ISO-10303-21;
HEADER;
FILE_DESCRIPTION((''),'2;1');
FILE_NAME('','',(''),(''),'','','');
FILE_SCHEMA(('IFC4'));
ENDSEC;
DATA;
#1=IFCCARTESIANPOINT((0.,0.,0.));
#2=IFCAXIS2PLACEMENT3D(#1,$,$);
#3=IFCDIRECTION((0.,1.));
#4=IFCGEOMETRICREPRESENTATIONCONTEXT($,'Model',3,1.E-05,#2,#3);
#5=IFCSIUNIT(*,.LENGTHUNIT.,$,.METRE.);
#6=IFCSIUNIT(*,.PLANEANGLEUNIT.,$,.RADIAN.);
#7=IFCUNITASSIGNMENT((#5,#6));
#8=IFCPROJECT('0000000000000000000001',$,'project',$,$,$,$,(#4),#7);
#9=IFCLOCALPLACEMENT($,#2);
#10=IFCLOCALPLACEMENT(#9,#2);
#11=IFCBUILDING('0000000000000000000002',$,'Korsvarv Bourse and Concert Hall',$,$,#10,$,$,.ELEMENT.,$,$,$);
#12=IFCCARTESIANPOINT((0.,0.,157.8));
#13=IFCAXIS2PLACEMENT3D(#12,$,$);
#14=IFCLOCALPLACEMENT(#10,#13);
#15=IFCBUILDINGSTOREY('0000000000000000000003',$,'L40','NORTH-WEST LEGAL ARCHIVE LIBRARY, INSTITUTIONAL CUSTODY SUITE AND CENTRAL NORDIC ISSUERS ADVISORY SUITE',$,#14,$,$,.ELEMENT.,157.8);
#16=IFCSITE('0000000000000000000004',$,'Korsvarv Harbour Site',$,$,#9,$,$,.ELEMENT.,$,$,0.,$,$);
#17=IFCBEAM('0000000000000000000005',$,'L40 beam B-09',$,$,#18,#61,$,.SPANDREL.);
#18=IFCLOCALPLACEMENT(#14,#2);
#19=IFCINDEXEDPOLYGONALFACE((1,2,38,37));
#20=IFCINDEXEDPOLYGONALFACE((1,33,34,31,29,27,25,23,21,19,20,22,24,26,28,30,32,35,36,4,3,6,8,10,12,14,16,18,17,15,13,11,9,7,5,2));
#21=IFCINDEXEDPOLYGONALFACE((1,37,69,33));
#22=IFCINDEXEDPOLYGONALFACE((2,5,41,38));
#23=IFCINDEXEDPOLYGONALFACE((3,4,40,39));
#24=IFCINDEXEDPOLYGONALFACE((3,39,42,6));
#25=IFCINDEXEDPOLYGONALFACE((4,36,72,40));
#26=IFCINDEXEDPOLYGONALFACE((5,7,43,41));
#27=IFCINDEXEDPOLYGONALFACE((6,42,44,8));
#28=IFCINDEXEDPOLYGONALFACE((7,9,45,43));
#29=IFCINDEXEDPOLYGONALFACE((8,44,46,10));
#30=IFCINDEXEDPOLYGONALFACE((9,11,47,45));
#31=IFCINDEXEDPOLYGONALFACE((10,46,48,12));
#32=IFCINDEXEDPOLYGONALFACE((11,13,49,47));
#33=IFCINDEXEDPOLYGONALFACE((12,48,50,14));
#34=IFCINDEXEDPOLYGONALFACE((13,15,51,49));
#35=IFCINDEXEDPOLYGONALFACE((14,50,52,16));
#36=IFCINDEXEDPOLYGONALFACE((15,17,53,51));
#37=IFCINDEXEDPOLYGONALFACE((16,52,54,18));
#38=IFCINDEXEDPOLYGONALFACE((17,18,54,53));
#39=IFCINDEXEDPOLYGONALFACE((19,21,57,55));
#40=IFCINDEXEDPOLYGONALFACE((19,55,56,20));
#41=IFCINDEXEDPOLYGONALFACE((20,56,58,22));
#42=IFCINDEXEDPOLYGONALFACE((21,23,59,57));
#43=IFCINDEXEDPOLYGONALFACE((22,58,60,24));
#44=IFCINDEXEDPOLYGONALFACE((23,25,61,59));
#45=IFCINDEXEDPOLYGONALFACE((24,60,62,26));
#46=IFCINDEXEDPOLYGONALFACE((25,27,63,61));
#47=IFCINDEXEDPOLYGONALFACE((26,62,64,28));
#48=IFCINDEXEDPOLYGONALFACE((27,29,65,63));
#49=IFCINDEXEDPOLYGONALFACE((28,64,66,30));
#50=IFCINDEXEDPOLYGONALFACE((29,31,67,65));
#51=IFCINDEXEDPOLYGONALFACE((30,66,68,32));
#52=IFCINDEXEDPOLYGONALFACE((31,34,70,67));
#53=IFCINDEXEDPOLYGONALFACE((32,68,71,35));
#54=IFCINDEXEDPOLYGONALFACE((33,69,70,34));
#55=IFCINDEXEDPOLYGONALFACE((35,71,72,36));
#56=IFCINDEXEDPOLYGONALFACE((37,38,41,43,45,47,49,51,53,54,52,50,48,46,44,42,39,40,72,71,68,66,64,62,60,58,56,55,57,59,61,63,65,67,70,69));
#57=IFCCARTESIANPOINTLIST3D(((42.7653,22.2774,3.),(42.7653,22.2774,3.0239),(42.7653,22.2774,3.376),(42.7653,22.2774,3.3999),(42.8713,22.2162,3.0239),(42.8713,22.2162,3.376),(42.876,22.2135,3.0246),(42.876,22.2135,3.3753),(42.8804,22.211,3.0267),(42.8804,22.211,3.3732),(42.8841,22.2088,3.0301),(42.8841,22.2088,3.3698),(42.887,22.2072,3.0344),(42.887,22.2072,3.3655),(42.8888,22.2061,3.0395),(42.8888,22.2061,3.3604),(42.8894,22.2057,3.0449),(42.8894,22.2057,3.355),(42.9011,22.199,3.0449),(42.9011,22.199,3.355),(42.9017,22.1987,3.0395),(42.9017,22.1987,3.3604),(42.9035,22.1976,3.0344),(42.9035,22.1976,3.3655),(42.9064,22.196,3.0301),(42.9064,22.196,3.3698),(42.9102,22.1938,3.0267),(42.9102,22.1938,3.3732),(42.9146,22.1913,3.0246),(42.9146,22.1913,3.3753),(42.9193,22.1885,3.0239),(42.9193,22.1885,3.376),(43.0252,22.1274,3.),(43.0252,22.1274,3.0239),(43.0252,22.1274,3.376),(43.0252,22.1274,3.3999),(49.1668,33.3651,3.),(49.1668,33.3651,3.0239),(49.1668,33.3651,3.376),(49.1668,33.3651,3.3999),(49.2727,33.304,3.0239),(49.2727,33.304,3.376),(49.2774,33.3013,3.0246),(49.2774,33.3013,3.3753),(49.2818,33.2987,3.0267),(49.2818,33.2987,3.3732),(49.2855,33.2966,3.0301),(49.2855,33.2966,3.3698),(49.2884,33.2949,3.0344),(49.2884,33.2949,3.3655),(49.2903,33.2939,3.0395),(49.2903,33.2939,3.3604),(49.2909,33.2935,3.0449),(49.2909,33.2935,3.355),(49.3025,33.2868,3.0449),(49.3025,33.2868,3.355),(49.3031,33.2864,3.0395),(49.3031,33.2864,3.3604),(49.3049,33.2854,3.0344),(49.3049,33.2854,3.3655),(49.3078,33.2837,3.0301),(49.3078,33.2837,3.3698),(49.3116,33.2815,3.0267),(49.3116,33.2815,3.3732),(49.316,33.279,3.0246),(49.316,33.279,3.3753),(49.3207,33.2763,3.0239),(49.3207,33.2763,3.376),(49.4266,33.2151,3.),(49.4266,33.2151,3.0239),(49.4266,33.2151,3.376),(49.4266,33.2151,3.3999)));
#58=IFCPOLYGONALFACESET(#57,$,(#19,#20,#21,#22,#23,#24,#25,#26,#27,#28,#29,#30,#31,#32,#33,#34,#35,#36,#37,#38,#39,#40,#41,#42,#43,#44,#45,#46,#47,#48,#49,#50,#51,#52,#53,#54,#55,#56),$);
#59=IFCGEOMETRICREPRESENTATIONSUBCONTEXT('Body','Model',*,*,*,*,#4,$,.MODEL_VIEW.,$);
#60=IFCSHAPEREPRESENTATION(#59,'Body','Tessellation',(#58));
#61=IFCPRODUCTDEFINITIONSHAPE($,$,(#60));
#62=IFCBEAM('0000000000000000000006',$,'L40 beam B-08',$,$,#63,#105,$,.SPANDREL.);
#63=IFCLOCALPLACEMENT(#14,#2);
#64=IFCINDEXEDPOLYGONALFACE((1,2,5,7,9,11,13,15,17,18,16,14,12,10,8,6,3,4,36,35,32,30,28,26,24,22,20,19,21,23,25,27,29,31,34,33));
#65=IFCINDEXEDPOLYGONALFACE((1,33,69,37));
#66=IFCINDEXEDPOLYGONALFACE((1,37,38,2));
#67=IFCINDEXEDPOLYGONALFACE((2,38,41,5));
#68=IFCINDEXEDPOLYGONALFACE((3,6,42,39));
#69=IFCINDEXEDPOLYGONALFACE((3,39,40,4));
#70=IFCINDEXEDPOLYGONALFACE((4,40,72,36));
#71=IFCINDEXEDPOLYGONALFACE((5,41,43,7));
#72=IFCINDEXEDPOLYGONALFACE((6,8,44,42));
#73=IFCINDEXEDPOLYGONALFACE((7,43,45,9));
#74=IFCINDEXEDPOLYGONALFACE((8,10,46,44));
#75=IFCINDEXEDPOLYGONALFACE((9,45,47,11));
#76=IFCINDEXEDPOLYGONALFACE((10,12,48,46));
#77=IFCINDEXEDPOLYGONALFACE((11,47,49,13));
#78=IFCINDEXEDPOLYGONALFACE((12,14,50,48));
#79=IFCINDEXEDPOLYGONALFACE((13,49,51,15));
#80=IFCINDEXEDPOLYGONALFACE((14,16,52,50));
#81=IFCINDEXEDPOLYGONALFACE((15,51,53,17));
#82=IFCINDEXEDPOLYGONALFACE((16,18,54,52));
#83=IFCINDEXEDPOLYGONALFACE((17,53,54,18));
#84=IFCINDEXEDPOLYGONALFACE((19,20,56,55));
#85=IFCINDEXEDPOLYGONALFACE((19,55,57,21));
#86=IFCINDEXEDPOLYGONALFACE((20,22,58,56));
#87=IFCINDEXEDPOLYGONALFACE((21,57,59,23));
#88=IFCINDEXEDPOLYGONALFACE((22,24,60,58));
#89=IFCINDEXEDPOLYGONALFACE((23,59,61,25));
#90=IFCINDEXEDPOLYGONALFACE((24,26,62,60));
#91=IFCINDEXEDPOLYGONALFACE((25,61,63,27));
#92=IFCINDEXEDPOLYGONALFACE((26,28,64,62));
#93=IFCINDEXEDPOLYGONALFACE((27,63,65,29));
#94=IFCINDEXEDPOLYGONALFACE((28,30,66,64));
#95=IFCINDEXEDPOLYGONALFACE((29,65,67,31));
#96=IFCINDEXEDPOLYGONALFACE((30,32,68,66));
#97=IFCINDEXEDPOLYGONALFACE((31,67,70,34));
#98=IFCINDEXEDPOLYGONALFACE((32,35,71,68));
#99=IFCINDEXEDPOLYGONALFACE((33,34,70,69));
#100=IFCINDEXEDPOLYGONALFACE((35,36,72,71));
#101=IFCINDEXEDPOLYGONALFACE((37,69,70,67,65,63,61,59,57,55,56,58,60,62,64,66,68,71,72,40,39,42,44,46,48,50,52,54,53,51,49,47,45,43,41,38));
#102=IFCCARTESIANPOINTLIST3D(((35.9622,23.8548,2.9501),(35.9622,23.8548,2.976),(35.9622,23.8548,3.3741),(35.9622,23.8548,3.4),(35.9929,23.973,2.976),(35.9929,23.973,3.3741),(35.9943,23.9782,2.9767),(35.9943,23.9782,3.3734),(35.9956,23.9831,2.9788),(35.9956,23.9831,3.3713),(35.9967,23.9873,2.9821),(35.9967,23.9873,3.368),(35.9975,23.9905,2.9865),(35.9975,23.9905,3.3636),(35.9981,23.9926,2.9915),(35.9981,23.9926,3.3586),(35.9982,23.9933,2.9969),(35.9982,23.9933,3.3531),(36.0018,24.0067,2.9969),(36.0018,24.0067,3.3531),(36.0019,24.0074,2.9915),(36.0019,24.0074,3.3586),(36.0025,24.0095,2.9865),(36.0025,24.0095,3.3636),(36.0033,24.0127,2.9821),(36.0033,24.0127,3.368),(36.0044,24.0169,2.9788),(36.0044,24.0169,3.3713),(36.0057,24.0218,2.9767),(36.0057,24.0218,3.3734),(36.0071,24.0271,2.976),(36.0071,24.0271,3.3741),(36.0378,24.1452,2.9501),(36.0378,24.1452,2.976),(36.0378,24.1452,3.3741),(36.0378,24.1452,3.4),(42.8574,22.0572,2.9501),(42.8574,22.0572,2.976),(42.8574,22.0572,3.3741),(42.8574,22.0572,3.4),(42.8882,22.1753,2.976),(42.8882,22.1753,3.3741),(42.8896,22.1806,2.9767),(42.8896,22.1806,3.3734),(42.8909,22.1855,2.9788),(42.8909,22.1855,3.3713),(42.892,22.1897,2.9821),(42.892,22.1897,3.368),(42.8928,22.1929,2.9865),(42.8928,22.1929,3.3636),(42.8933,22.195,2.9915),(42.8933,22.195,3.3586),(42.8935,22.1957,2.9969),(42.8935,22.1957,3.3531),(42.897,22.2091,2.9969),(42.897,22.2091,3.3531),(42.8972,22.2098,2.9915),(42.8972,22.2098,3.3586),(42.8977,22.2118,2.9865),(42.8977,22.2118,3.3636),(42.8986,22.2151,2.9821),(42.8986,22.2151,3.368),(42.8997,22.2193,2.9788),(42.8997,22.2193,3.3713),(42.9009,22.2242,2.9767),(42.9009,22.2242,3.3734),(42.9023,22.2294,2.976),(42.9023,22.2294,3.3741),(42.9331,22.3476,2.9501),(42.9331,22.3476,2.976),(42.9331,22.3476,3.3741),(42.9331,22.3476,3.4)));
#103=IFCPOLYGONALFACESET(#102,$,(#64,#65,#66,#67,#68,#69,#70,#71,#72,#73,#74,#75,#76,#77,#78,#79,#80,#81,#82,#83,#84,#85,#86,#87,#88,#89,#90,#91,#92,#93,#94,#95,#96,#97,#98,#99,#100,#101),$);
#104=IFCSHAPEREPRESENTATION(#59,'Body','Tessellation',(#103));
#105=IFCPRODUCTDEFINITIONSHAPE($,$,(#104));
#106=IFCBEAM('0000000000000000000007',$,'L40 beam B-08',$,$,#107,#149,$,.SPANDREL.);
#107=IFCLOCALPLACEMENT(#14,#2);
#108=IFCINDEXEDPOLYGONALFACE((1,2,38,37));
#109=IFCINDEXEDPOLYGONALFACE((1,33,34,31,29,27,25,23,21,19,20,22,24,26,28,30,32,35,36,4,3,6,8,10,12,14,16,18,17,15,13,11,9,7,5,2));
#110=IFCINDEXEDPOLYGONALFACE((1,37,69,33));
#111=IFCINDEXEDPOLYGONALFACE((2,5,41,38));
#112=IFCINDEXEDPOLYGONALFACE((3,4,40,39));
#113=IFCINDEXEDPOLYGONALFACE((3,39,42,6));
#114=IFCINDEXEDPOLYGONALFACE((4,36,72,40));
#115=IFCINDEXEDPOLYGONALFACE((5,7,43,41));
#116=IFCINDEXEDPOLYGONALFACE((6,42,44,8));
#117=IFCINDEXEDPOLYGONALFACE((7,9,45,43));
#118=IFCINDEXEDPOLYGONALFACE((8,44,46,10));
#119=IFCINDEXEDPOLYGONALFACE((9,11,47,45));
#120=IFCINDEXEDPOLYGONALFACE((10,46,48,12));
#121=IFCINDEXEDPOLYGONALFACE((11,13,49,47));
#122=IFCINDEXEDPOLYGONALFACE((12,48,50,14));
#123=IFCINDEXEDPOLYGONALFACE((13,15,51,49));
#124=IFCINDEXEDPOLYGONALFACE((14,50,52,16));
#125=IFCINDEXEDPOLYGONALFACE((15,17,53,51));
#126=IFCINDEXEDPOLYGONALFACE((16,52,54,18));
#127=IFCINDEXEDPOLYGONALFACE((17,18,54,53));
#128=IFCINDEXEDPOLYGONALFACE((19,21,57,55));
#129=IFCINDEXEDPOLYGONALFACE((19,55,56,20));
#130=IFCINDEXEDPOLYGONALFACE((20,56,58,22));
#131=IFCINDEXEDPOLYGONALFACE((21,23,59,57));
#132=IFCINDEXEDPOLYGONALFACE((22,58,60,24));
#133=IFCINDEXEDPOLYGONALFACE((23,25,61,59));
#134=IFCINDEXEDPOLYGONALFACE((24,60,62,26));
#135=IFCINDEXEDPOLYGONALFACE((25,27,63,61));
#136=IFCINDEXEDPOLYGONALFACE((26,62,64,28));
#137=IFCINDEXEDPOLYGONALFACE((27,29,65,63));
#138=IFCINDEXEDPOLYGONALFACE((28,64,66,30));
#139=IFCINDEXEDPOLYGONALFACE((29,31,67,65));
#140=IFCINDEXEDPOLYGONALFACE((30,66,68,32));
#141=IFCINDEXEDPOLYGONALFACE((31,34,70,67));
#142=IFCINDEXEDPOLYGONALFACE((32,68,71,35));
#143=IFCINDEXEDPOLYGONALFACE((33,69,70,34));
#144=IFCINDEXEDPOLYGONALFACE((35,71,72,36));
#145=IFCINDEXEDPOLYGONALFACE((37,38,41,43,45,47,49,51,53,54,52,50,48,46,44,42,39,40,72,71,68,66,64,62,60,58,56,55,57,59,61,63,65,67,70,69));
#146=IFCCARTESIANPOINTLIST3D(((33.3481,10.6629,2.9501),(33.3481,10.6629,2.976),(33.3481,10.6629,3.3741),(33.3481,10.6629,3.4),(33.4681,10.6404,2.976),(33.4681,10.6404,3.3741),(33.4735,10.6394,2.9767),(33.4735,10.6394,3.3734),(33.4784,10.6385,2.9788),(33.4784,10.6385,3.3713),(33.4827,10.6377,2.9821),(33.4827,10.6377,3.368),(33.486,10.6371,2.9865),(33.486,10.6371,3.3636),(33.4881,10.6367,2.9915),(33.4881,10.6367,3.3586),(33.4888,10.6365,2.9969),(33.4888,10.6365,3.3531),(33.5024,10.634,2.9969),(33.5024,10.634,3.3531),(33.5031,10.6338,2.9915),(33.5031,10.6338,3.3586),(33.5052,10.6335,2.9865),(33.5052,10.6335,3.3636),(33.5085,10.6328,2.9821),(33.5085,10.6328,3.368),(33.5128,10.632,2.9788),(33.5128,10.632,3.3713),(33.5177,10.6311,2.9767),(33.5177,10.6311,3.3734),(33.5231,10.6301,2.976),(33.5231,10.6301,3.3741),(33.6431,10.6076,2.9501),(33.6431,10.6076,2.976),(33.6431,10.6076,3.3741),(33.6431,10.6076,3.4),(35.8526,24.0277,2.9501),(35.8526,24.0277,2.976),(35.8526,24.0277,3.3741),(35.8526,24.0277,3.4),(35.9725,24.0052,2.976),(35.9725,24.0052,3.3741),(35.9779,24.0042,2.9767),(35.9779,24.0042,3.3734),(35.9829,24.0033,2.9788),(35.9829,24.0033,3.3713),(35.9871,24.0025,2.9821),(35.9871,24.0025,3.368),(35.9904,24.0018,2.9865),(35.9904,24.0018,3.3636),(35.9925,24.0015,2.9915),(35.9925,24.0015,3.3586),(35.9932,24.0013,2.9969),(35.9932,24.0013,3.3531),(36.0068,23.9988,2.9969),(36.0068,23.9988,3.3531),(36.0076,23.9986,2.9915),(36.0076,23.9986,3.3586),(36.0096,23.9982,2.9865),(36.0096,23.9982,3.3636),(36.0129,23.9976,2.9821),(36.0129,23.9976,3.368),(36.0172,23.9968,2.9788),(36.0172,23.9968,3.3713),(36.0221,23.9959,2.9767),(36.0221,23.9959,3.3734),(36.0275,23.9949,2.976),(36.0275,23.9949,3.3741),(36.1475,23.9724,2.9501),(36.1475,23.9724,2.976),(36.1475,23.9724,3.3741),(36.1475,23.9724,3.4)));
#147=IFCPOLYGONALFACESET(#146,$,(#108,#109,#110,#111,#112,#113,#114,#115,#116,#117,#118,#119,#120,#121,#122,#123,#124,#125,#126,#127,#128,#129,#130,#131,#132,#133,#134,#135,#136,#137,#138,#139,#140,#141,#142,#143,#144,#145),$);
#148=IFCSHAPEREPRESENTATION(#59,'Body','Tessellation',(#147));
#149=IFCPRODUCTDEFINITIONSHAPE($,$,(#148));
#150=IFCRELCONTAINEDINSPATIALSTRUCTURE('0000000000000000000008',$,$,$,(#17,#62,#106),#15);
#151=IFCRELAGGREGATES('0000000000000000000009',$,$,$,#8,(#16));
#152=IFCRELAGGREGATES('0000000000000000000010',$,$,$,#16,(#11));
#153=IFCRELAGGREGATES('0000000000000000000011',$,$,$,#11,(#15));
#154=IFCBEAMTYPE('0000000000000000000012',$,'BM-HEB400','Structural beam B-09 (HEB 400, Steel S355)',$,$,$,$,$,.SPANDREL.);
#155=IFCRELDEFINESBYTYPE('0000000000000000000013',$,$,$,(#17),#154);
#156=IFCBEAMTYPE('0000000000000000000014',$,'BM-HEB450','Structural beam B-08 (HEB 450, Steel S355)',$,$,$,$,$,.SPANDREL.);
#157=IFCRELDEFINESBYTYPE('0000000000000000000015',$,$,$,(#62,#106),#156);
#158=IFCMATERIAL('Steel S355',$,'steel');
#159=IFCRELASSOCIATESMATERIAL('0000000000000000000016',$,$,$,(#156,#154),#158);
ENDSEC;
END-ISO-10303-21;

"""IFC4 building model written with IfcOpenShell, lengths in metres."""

from ifc_helpers import new_model, si_unit, direction, frame, origin, origin_2d, place, context, subcontext, project, spatial, i_section, extrude, source, transform, mapped, material, material_profile, profile_set, type_object, element, save


model = new_model("IFC4")

# Units and contexts
model_context = context("Model", 3, precision=1e-05, world=origin(), true_north=direction((0.0, 1.0)))
body_context = subcontext(model_context, "Body", "Model", "MODEL_VIEW")
ifc_project = project(units=[si_unit("LENGTHUNIT", "METRE"), si_unit("PLANEANGLEUNIT", "RADIAN")], contexts=[model_context])

# Site, building, storey
site_placement = place(None, origin())
site = spatial("IfcSite", under=ifc_project, at=site_placement, Name="Korsvarv Harbour Site", CompositionType="ELEMENT", RefElevation=0.0)
building_placement = place(site_placement, origin())
building = spatial("IfcBuilding", under=site, at=building_placement, Name="Korsvarv Bourse and Concert Hall", CompositionType="ELEMENT")
storey_placement = place(building_placement, frame((0.0, 0.0, 157.8)))
storey = spatial("IfcBuildingStorey", under=building, at=storey_placement, Name="L40", Description="NORTH-WEST LEGAL ARCHIVE LIBRARY, INSTITUTIONAL CUSTODY SUITE AND CENTRAL NORDIC ISSUERS ADVISORY SUITE", CompositionType="ELEMENT", Elevation=157.8)

# Shared definitions
ifc_material_1 = material(Name="Steel S355", Category="steel")

# Beams
ifc_material_profile_1 = material_profile(ifc_material_1, i_section(OverallWidth=0.3, OverallDepth=0.45, WebThickness=0.0139, FlangeThickness=0.0259, FilletRadius=0.021, at=origin_2d()), Name="HEB 450")
ifc_profile_set_1 = profile_set([ifc_material_profile_1], Name="Steel S355")
beam_type_1 = type_object("IfcBeamType", Name="BM-HEB450", Description="Structural beam B-08 (HEB 450, Steel S355)", PredefinedType="SPANDREL", material=ifc_profile_set_1)
ifc_material_profile_2 = material_profile(ifc_material_1, i_section(OverallWidth=0.3, OverallDepth=0.3999, WebThickness=0.0134, FlangeThickness=0.0239, FilletRadius=0.021, at=origin_2d()), Name="HEB 400")
ifc_profile_set_2 = profile_set([ifc_material_profile_2], Name="Steel S355")
beam_type_2 = type_object("IfcBeamType", Name="BM-HEB400", Description="Structural beam B-09 (HEB 400, Steel S355)", PredefinedType="SPANDREL", material=ifc_profile_set_2)
shared_shape_1 = source(origin(), body_context, "Body", "SweptSolid", [
    extrude(i_section(OverallWidth=0.3, OverallDepth=0.3999, WebThickness=0.0134, FlangeThickness=0.0239, FilletRadius=0.021, at=origin_2d()), origin(), (0.0, 0.0, 1.0), 12.803),
])
beam_1_placement = place(storey_placement, frame((42.8953, 22.2024, 3.2), z_axis=(0.499995, 0.866028, 0.0), x_axis=(-0.866028, 0.499995, 0.0)))
element("IfcBeam", 1, at=beam_1_placement, inside=storey, type_object=beam_type_2, Name="L40 beam B-09", PredefinedType="SPANDREL", context=body_context, shape_type="MappedRepresentation", body=[
    mapped(shared_shape_1, transform((0.0, 0.0, 0.0), scale=1.0)),
])
shared_shape_2 = source(origin(), body_context, "Body", "SweptSolid", [
    extrude(i_section(OverallWidth=0.3, OverallDepth=0.45, WebThickness=0.0139, FlangeThickness=0.0259, FilletRadius=0.021, at=origin_2d()), origin(), (0.0, 0.0, 1.0), 7.1257),
])
beam_2_placement = place(storey_placement, frame((42.8953, 22.2024, 3.175), z_axis=(-0.967657, 0.25227, 0.0), x_axis=(-0.25227, -0.967657, 0.0)))
element("IfcBeam", 2, at=beam_2_placement, inside=storey, type_object=beam_type_1, Name="L40 beam B-08", PredefinedType="SPANDREL", context=body_context, shape_type="MappedRepresentation", body=[
    mapped(shared_shape_2, transform((0.0, 0.0, 0.0), scale=1.0)),
])
shared_shape_3 = source(origin(), body_context, "Body", "SweptSolid", [
    extrude(i_section(OverallWidth=0.3, OverallDepth=0.45, WebThickness=0.0139, FlangeThickness=0.0259, FilletRadius=0.021, at=origin_2d()), origin(), (0.0, 0.0, 1.0), 13.5974),
])
beam_3_placement = place(storey_placement, frame((33.4956, 10.6353, 3.175), z_axis=(0.184182, 0.982892, 0.0), x_axis=(-0.982892, 0.184182, 0.0)))
element("IfcBeam", 3, at=beam_3_placement, inside=storey, type_object=beam_type_1, Name="L40 beam B-08", PredefinedType="SPANDREL", context=body_context, shape_type="MappedRepresentation", body=[
    mapped(shared_shape_3, transform((0.0, 0.0, 0.0), scale=1.0)),
])

save(model, "model.ifc")
